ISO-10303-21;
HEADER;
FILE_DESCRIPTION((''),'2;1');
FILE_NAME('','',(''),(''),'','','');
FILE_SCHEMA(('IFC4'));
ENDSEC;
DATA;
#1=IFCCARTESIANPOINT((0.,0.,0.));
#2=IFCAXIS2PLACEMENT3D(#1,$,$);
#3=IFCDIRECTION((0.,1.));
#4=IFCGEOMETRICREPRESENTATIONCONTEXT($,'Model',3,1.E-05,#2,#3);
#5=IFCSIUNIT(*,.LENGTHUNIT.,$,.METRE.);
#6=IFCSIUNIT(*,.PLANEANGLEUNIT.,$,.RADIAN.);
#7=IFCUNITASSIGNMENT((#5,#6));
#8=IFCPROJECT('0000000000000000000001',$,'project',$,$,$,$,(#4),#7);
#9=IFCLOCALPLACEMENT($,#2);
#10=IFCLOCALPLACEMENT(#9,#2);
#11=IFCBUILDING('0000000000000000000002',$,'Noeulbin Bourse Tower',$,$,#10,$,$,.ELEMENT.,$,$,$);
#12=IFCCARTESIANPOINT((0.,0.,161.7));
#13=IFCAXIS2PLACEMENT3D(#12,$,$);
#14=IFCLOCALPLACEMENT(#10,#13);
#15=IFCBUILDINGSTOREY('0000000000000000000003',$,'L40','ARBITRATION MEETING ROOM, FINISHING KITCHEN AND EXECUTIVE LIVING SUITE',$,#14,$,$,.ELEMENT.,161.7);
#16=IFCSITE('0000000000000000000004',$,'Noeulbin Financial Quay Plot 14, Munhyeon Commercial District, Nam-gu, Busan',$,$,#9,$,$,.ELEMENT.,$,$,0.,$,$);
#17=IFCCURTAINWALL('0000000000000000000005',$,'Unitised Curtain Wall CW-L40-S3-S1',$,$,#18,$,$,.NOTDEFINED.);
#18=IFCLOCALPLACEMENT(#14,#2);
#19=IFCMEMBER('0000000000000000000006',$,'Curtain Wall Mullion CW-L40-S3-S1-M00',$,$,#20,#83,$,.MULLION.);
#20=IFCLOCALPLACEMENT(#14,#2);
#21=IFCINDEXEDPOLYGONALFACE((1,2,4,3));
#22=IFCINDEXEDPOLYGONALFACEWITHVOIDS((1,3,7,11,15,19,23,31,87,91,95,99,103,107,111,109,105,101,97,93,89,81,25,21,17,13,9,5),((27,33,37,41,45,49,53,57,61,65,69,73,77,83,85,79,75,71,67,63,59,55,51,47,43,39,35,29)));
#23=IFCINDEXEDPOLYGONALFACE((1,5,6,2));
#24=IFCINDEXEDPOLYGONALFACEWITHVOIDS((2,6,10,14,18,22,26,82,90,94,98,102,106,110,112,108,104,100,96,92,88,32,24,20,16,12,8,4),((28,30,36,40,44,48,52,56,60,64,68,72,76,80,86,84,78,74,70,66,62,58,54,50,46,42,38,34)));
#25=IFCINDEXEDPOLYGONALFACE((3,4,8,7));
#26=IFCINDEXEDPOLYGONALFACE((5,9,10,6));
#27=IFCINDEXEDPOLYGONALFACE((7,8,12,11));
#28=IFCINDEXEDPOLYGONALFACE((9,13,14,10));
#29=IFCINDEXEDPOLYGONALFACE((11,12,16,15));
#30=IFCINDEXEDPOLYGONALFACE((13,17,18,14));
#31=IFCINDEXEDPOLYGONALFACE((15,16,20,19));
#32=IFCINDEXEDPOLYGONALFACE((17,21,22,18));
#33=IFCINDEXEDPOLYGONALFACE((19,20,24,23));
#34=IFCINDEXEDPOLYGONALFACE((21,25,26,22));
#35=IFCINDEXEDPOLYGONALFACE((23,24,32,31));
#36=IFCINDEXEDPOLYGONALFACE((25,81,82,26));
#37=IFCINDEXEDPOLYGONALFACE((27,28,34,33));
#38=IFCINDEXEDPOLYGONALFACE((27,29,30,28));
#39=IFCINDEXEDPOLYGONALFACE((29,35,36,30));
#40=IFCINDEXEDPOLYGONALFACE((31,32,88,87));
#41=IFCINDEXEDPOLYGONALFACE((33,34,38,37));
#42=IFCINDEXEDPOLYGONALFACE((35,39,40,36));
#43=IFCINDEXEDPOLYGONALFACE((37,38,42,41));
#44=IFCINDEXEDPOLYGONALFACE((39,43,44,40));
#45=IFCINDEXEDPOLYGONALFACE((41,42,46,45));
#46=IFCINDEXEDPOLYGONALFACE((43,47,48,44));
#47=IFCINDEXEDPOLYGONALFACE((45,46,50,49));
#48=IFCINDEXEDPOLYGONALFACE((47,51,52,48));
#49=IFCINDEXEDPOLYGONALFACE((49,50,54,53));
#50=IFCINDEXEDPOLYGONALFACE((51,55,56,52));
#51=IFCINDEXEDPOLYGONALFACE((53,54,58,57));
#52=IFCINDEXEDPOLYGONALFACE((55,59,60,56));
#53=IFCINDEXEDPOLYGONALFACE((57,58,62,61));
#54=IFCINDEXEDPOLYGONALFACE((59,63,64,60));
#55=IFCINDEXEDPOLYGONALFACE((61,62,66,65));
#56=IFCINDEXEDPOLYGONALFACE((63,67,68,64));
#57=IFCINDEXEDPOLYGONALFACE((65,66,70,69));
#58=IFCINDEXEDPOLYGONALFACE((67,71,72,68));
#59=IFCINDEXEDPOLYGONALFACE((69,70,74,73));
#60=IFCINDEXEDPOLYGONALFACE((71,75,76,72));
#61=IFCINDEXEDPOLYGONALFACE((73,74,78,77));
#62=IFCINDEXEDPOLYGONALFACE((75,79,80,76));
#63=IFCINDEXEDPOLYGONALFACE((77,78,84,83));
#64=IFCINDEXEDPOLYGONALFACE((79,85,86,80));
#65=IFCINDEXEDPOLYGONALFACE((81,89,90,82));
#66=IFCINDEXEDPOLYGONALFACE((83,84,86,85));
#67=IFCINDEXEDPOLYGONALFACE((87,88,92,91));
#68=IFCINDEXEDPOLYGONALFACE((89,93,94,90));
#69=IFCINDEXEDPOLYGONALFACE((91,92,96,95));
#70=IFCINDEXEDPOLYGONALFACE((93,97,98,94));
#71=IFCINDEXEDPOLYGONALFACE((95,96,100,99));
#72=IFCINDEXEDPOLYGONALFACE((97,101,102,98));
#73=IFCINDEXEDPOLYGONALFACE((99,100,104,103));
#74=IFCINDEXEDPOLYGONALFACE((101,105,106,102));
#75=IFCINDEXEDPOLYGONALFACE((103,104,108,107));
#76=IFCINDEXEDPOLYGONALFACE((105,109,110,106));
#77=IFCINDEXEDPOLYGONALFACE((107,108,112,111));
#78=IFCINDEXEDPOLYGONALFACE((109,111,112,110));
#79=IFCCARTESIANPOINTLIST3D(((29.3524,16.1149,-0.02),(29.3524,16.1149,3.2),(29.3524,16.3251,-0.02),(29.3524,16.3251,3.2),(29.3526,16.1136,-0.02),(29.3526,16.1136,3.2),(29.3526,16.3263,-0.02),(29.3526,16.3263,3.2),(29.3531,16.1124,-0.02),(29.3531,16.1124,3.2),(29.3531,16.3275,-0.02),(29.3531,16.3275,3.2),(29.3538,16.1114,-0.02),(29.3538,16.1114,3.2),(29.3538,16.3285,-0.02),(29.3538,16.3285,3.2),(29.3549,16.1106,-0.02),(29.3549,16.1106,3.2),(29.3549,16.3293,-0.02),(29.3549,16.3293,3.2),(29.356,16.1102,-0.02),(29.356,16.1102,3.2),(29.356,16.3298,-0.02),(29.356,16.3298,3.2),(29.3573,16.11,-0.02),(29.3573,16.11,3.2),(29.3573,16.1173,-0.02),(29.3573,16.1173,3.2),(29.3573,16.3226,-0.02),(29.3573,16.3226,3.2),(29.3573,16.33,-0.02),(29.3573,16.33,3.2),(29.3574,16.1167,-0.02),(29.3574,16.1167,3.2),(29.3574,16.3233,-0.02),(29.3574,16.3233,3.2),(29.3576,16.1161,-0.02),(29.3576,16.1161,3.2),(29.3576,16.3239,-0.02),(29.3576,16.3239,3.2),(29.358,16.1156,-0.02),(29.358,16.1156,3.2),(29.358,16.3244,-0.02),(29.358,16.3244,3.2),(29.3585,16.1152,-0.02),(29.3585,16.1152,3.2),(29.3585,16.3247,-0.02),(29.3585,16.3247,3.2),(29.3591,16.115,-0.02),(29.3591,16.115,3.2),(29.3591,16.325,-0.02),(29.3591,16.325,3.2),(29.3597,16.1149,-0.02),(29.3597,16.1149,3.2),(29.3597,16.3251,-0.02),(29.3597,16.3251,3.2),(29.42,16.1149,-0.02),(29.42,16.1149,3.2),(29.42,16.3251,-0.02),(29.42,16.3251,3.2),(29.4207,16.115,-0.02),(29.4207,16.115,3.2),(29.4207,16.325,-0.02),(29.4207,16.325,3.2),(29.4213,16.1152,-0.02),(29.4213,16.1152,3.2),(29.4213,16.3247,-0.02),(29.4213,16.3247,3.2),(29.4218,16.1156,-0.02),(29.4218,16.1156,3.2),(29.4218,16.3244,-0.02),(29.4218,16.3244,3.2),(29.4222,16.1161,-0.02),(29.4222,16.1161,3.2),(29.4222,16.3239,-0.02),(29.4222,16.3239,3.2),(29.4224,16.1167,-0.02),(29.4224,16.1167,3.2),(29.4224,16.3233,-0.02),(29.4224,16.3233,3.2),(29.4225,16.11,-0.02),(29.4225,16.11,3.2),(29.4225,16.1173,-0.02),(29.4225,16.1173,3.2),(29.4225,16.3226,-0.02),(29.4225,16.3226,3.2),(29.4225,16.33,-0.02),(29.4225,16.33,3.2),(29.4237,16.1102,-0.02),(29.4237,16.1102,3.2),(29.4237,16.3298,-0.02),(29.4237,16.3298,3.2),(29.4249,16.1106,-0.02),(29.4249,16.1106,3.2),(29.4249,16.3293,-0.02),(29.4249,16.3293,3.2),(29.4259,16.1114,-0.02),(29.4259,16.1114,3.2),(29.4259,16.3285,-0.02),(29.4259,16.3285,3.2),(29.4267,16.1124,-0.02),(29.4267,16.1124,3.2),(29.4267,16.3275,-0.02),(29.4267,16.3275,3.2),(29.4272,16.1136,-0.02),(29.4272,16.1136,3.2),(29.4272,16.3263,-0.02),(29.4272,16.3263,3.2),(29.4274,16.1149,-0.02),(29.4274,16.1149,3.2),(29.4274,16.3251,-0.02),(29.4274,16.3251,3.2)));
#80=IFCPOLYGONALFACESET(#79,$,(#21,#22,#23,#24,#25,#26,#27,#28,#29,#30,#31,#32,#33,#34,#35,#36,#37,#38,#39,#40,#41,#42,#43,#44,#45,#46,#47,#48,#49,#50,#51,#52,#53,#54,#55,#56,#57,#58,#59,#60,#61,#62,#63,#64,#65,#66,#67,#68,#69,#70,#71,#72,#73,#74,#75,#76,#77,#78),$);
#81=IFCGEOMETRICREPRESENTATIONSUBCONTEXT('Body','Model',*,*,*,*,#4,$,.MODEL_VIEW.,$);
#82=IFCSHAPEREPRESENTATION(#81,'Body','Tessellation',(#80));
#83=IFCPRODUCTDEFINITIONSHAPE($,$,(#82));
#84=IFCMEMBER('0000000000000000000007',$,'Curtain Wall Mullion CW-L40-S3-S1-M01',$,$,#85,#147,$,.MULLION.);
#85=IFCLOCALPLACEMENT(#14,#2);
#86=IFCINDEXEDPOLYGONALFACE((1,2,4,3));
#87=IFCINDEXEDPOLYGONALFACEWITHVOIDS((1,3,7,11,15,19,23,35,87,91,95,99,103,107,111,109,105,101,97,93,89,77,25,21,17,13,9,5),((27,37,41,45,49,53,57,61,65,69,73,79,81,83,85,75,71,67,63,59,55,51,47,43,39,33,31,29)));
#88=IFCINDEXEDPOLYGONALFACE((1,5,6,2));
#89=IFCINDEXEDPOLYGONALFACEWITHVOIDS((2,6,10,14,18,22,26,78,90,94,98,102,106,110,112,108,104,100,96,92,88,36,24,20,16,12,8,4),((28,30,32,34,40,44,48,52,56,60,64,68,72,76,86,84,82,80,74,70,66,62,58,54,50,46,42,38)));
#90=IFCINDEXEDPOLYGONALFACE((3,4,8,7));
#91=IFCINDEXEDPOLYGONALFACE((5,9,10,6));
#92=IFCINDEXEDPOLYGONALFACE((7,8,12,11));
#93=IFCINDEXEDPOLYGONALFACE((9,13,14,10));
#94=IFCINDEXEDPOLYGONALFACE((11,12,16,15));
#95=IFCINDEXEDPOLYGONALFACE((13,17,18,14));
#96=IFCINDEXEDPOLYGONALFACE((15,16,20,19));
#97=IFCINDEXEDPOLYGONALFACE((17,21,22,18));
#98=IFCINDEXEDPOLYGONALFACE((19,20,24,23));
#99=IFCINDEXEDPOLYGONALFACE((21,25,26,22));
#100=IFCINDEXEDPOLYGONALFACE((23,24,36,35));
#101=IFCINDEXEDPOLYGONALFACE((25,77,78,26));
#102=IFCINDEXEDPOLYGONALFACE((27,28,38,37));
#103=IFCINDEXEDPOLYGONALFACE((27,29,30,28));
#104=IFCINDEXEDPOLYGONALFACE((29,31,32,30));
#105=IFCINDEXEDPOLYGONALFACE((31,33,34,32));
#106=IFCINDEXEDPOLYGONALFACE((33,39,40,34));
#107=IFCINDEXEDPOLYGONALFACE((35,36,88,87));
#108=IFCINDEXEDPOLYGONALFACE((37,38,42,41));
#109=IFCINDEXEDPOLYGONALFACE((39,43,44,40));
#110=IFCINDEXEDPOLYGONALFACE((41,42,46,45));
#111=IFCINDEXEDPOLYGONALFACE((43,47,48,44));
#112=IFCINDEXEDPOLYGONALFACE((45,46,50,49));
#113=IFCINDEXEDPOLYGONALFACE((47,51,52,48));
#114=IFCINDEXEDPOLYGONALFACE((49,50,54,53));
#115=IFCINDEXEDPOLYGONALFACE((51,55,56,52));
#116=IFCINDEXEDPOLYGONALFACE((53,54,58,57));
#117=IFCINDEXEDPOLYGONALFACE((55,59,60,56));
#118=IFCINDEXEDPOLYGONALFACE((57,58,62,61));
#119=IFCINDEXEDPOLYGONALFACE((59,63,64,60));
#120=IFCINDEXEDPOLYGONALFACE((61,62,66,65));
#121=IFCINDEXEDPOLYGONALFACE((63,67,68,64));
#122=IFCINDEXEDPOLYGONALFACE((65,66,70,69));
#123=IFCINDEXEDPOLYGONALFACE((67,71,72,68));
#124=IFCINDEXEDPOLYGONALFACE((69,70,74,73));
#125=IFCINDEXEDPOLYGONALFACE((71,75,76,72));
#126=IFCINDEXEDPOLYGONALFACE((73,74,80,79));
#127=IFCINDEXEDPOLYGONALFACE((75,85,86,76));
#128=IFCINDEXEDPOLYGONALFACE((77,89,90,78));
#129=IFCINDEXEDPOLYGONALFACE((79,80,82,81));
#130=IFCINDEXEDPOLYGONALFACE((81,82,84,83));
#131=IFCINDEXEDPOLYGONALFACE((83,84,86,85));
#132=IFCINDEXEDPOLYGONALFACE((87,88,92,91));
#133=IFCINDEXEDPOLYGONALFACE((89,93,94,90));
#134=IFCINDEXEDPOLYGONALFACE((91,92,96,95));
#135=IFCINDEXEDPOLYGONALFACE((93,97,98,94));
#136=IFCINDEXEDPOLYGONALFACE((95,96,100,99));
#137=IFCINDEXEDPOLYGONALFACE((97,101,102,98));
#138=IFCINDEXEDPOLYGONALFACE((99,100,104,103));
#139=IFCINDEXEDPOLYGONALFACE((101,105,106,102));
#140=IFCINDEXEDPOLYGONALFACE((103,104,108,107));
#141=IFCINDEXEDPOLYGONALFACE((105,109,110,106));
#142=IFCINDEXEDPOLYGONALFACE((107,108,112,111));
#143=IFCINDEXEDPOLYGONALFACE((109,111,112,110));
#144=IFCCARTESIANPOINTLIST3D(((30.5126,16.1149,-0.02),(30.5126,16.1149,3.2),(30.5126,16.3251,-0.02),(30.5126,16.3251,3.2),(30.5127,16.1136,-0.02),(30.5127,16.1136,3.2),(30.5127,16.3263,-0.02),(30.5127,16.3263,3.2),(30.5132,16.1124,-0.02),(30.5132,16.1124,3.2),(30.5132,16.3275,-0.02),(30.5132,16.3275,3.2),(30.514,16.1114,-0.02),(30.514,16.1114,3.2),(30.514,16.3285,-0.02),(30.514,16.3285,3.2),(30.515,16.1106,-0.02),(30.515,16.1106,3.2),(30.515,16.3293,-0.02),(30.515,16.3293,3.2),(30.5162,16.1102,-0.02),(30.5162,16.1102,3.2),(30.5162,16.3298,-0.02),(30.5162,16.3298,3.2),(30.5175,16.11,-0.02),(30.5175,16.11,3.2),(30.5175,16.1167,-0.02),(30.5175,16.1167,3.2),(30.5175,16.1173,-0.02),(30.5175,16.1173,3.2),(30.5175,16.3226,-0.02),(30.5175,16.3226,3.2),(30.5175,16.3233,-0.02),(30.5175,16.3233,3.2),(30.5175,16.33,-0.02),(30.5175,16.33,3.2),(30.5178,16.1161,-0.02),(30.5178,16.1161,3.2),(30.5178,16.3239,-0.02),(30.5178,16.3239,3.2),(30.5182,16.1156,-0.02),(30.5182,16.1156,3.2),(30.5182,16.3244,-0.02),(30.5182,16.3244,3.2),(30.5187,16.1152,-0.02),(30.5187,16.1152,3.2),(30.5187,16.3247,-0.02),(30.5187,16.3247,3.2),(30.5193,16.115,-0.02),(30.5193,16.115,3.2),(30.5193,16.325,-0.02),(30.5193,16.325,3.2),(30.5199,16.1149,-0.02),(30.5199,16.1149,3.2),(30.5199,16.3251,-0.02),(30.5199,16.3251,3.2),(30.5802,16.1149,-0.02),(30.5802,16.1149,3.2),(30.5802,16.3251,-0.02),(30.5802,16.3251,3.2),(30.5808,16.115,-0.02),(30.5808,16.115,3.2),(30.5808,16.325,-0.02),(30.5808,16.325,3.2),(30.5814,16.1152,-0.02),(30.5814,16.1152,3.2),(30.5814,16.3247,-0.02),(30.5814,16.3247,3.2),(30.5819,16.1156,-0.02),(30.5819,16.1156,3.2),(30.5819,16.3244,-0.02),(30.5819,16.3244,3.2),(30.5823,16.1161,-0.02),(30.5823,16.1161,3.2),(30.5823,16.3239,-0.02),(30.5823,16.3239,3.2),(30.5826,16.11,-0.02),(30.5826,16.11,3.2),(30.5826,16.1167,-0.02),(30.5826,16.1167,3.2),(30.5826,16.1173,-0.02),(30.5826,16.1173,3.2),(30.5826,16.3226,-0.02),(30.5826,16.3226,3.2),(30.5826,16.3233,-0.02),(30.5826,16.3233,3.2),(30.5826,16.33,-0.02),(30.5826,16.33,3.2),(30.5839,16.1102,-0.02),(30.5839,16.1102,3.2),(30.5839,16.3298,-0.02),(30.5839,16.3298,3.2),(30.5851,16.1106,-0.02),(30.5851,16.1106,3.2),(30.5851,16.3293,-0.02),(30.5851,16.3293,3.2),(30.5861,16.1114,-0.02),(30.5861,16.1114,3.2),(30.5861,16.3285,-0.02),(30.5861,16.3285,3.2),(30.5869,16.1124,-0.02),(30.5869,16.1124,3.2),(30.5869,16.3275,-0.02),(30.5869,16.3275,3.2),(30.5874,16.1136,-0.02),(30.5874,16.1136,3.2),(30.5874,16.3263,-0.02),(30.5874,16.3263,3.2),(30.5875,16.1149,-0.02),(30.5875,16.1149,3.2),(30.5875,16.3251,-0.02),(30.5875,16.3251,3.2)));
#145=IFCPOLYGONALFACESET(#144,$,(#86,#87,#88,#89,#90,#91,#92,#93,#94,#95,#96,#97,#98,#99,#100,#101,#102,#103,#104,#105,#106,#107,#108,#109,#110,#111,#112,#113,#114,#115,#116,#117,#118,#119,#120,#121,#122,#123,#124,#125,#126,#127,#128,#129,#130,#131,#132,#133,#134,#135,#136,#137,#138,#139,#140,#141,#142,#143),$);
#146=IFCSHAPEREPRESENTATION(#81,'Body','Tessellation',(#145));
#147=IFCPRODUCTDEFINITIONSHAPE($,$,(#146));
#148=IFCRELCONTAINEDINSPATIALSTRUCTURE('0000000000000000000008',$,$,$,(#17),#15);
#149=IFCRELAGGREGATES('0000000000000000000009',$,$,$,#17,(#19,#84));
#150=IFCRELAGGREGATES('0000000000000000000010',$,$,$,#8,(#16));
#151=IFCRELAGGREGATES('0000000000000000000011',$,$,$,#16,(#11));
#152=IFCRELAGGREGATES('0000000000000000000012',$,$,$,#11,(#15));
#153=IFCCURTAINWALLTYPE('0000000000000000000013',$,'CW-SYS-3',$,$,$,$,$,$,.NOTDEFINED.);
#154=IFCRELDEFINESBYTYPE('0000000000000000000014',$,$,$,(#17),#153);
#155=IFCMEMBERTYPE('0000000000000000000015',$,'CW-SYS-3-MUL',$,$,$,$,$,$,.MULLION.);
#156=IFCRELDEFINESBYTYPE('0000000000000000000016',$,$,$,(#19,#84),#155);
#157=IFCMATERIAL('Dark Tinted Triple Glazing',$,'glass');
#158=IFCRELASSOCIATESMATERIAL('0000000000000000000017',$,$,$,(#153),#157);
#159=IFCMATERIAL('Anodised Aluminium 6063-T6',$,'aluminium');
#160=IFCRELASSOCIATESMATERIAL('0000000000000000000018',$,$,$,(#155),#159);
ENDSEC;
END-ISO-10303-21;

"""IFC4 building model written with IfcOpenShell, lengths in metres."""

from ifc_helpers import new_model, si_unit, direction, frame, origin, origin_2d, place, context, subcontext, project, spatial, hollow_rectangle, extrude, material, material_profile, profile_set, type_object, element, aggregate, save


model = new_model("IFC4")

# Units and contexts
model_context = context("Model", 3, precision=1e-05, world=origin(), true_north=direction((0.0, 1.0)))
body_context = subcontext(model_context, "Body", "Model", "MODEL_VIEW")
ifc_project = project(units=[si_unit("LENGTHUNIT", "METRE"), si_unit("PLANEANGLEUNIT", "RADIAN")], contexts=[model_context])

# Site, building, storey
site_placement = place(None, origin())
site = spatial("IfcSite", under=ifc_project, at=site_placement, Name="Noeulbin Financial Quay Plot 14, Munhyeon Commercial District, Nam-gu, Busan", CompositionType="ELEMENT", RefElevation=0.0)
building_placement = place(site_placement, origin())
building = spatial("IfcBuilding", under=site, at=building_placement, Name="Noeulbin Bourse Tower", CompositionType="ELEMENT")
storey_placement = place(building_placement, frame((0.0, 0.0, 161.7)))
storey = spatial("IfcBuildingStorey", under=building, at=storey_placement, Name="L40", Description="ARBITRATION MEETING ROOM, FINISHING KITCHEN AND EXECUTIVE LIVING SUITE", CompositionType="ELEMENT", Elevation=161.7)

# Curtain wall, members
ifc_material_1 = material(Name="Dark Tinted Triple Glazing", Category="glass")
curtain_wall_type = type_object("IfcCurtainWallType", Name="CW-SYS-3", PredefinedType="NOTDEFINED", material=ifc_material_1)
curtain_wall_1_placement = place(storey_placement, origin())
curtain_wall_1 = element("IfcCurtainWall", 1, at=curtain_wall_1_placement, inside=storey, type_object=curtain_wall_type, Name="Unitised Curtain Wall CW-L40-S3-S1", PredefinedType="NOTDEFINED")
ifc_material_2 = material(Name="Anodised Aluminium 6063-T6", Category="aluminium")
ifc_material_profile_1 = material_profile(ifc_material_2, hollow_rectangle(XDim=0.075, YDim=0.22, WallThickness=0.0049, InnerFilletRadius=0.0024, OuterFilletRadius=0.0049, at=origin_2d()), Name="ALU-MULL-75x220x5", Category="LoadBearing")
ifc_profile_set_1 = profile_set([ifc_material_profile_1], Name="Anodised Aluminium 6063-T6")
member_type_1 = type_object("IfcMemberType", Name="CW-SYS-3-MUL", PredefinedType="MULLION", material=ifc_profile_set_1)
member_1_placement = place(storey_placement, frame((29.3899, 16.22, -0.02), z_axis=(0.0, 0.0, 1.0), x_axis=(1.0, 0.0, 0.0)))
member_1 = element("IfcMember", 2, at=member_1_placement, type_object=member_type_1, Name="Curtain Wall Mullion CW-L40-S3-S1-M00", PredefinedType="MULLION", context=body_context, shape_type="SweptSolid", body=[
    extrude(hollow_rectangle(XDim=0.075, YDim=0.22, WallThickness=0.0049, InnerFilletRadius=0.0024, OuterFilletRadius=0.0049, at=origin_2d()), origin(), (0.0, 0.0, 1.0), 3.22),
])
member_2_placement = place(storey_placement, frame((30.55, 16.22, -0.02), z_axis=(0.0, 0.0, 1.0), x_axis=(1.0, 0.0, 0.0)))
member_2 = element("IfcMember", 3, at=member_2_placement, type_object=member_type_1, Name="Curtain Wall Mullion CW-L40-S3-S1-M01", PredefinedType="MULLION", context=body_context, shape_type="SweptSolid", body=[
    extrude(hollow_rectangle(XDim=0.075, YDim=0.22, WallThickness=0.0049, InnerFilletRadius=0.0024, OuterFilletRadius=0.0049, at=origin_2d()), origin(), (0.0, 0.0, 1.0), 3.22),
])

aggregate(curtain_wall_1, [member_1, member_2])

save(model, "model.ifc")
